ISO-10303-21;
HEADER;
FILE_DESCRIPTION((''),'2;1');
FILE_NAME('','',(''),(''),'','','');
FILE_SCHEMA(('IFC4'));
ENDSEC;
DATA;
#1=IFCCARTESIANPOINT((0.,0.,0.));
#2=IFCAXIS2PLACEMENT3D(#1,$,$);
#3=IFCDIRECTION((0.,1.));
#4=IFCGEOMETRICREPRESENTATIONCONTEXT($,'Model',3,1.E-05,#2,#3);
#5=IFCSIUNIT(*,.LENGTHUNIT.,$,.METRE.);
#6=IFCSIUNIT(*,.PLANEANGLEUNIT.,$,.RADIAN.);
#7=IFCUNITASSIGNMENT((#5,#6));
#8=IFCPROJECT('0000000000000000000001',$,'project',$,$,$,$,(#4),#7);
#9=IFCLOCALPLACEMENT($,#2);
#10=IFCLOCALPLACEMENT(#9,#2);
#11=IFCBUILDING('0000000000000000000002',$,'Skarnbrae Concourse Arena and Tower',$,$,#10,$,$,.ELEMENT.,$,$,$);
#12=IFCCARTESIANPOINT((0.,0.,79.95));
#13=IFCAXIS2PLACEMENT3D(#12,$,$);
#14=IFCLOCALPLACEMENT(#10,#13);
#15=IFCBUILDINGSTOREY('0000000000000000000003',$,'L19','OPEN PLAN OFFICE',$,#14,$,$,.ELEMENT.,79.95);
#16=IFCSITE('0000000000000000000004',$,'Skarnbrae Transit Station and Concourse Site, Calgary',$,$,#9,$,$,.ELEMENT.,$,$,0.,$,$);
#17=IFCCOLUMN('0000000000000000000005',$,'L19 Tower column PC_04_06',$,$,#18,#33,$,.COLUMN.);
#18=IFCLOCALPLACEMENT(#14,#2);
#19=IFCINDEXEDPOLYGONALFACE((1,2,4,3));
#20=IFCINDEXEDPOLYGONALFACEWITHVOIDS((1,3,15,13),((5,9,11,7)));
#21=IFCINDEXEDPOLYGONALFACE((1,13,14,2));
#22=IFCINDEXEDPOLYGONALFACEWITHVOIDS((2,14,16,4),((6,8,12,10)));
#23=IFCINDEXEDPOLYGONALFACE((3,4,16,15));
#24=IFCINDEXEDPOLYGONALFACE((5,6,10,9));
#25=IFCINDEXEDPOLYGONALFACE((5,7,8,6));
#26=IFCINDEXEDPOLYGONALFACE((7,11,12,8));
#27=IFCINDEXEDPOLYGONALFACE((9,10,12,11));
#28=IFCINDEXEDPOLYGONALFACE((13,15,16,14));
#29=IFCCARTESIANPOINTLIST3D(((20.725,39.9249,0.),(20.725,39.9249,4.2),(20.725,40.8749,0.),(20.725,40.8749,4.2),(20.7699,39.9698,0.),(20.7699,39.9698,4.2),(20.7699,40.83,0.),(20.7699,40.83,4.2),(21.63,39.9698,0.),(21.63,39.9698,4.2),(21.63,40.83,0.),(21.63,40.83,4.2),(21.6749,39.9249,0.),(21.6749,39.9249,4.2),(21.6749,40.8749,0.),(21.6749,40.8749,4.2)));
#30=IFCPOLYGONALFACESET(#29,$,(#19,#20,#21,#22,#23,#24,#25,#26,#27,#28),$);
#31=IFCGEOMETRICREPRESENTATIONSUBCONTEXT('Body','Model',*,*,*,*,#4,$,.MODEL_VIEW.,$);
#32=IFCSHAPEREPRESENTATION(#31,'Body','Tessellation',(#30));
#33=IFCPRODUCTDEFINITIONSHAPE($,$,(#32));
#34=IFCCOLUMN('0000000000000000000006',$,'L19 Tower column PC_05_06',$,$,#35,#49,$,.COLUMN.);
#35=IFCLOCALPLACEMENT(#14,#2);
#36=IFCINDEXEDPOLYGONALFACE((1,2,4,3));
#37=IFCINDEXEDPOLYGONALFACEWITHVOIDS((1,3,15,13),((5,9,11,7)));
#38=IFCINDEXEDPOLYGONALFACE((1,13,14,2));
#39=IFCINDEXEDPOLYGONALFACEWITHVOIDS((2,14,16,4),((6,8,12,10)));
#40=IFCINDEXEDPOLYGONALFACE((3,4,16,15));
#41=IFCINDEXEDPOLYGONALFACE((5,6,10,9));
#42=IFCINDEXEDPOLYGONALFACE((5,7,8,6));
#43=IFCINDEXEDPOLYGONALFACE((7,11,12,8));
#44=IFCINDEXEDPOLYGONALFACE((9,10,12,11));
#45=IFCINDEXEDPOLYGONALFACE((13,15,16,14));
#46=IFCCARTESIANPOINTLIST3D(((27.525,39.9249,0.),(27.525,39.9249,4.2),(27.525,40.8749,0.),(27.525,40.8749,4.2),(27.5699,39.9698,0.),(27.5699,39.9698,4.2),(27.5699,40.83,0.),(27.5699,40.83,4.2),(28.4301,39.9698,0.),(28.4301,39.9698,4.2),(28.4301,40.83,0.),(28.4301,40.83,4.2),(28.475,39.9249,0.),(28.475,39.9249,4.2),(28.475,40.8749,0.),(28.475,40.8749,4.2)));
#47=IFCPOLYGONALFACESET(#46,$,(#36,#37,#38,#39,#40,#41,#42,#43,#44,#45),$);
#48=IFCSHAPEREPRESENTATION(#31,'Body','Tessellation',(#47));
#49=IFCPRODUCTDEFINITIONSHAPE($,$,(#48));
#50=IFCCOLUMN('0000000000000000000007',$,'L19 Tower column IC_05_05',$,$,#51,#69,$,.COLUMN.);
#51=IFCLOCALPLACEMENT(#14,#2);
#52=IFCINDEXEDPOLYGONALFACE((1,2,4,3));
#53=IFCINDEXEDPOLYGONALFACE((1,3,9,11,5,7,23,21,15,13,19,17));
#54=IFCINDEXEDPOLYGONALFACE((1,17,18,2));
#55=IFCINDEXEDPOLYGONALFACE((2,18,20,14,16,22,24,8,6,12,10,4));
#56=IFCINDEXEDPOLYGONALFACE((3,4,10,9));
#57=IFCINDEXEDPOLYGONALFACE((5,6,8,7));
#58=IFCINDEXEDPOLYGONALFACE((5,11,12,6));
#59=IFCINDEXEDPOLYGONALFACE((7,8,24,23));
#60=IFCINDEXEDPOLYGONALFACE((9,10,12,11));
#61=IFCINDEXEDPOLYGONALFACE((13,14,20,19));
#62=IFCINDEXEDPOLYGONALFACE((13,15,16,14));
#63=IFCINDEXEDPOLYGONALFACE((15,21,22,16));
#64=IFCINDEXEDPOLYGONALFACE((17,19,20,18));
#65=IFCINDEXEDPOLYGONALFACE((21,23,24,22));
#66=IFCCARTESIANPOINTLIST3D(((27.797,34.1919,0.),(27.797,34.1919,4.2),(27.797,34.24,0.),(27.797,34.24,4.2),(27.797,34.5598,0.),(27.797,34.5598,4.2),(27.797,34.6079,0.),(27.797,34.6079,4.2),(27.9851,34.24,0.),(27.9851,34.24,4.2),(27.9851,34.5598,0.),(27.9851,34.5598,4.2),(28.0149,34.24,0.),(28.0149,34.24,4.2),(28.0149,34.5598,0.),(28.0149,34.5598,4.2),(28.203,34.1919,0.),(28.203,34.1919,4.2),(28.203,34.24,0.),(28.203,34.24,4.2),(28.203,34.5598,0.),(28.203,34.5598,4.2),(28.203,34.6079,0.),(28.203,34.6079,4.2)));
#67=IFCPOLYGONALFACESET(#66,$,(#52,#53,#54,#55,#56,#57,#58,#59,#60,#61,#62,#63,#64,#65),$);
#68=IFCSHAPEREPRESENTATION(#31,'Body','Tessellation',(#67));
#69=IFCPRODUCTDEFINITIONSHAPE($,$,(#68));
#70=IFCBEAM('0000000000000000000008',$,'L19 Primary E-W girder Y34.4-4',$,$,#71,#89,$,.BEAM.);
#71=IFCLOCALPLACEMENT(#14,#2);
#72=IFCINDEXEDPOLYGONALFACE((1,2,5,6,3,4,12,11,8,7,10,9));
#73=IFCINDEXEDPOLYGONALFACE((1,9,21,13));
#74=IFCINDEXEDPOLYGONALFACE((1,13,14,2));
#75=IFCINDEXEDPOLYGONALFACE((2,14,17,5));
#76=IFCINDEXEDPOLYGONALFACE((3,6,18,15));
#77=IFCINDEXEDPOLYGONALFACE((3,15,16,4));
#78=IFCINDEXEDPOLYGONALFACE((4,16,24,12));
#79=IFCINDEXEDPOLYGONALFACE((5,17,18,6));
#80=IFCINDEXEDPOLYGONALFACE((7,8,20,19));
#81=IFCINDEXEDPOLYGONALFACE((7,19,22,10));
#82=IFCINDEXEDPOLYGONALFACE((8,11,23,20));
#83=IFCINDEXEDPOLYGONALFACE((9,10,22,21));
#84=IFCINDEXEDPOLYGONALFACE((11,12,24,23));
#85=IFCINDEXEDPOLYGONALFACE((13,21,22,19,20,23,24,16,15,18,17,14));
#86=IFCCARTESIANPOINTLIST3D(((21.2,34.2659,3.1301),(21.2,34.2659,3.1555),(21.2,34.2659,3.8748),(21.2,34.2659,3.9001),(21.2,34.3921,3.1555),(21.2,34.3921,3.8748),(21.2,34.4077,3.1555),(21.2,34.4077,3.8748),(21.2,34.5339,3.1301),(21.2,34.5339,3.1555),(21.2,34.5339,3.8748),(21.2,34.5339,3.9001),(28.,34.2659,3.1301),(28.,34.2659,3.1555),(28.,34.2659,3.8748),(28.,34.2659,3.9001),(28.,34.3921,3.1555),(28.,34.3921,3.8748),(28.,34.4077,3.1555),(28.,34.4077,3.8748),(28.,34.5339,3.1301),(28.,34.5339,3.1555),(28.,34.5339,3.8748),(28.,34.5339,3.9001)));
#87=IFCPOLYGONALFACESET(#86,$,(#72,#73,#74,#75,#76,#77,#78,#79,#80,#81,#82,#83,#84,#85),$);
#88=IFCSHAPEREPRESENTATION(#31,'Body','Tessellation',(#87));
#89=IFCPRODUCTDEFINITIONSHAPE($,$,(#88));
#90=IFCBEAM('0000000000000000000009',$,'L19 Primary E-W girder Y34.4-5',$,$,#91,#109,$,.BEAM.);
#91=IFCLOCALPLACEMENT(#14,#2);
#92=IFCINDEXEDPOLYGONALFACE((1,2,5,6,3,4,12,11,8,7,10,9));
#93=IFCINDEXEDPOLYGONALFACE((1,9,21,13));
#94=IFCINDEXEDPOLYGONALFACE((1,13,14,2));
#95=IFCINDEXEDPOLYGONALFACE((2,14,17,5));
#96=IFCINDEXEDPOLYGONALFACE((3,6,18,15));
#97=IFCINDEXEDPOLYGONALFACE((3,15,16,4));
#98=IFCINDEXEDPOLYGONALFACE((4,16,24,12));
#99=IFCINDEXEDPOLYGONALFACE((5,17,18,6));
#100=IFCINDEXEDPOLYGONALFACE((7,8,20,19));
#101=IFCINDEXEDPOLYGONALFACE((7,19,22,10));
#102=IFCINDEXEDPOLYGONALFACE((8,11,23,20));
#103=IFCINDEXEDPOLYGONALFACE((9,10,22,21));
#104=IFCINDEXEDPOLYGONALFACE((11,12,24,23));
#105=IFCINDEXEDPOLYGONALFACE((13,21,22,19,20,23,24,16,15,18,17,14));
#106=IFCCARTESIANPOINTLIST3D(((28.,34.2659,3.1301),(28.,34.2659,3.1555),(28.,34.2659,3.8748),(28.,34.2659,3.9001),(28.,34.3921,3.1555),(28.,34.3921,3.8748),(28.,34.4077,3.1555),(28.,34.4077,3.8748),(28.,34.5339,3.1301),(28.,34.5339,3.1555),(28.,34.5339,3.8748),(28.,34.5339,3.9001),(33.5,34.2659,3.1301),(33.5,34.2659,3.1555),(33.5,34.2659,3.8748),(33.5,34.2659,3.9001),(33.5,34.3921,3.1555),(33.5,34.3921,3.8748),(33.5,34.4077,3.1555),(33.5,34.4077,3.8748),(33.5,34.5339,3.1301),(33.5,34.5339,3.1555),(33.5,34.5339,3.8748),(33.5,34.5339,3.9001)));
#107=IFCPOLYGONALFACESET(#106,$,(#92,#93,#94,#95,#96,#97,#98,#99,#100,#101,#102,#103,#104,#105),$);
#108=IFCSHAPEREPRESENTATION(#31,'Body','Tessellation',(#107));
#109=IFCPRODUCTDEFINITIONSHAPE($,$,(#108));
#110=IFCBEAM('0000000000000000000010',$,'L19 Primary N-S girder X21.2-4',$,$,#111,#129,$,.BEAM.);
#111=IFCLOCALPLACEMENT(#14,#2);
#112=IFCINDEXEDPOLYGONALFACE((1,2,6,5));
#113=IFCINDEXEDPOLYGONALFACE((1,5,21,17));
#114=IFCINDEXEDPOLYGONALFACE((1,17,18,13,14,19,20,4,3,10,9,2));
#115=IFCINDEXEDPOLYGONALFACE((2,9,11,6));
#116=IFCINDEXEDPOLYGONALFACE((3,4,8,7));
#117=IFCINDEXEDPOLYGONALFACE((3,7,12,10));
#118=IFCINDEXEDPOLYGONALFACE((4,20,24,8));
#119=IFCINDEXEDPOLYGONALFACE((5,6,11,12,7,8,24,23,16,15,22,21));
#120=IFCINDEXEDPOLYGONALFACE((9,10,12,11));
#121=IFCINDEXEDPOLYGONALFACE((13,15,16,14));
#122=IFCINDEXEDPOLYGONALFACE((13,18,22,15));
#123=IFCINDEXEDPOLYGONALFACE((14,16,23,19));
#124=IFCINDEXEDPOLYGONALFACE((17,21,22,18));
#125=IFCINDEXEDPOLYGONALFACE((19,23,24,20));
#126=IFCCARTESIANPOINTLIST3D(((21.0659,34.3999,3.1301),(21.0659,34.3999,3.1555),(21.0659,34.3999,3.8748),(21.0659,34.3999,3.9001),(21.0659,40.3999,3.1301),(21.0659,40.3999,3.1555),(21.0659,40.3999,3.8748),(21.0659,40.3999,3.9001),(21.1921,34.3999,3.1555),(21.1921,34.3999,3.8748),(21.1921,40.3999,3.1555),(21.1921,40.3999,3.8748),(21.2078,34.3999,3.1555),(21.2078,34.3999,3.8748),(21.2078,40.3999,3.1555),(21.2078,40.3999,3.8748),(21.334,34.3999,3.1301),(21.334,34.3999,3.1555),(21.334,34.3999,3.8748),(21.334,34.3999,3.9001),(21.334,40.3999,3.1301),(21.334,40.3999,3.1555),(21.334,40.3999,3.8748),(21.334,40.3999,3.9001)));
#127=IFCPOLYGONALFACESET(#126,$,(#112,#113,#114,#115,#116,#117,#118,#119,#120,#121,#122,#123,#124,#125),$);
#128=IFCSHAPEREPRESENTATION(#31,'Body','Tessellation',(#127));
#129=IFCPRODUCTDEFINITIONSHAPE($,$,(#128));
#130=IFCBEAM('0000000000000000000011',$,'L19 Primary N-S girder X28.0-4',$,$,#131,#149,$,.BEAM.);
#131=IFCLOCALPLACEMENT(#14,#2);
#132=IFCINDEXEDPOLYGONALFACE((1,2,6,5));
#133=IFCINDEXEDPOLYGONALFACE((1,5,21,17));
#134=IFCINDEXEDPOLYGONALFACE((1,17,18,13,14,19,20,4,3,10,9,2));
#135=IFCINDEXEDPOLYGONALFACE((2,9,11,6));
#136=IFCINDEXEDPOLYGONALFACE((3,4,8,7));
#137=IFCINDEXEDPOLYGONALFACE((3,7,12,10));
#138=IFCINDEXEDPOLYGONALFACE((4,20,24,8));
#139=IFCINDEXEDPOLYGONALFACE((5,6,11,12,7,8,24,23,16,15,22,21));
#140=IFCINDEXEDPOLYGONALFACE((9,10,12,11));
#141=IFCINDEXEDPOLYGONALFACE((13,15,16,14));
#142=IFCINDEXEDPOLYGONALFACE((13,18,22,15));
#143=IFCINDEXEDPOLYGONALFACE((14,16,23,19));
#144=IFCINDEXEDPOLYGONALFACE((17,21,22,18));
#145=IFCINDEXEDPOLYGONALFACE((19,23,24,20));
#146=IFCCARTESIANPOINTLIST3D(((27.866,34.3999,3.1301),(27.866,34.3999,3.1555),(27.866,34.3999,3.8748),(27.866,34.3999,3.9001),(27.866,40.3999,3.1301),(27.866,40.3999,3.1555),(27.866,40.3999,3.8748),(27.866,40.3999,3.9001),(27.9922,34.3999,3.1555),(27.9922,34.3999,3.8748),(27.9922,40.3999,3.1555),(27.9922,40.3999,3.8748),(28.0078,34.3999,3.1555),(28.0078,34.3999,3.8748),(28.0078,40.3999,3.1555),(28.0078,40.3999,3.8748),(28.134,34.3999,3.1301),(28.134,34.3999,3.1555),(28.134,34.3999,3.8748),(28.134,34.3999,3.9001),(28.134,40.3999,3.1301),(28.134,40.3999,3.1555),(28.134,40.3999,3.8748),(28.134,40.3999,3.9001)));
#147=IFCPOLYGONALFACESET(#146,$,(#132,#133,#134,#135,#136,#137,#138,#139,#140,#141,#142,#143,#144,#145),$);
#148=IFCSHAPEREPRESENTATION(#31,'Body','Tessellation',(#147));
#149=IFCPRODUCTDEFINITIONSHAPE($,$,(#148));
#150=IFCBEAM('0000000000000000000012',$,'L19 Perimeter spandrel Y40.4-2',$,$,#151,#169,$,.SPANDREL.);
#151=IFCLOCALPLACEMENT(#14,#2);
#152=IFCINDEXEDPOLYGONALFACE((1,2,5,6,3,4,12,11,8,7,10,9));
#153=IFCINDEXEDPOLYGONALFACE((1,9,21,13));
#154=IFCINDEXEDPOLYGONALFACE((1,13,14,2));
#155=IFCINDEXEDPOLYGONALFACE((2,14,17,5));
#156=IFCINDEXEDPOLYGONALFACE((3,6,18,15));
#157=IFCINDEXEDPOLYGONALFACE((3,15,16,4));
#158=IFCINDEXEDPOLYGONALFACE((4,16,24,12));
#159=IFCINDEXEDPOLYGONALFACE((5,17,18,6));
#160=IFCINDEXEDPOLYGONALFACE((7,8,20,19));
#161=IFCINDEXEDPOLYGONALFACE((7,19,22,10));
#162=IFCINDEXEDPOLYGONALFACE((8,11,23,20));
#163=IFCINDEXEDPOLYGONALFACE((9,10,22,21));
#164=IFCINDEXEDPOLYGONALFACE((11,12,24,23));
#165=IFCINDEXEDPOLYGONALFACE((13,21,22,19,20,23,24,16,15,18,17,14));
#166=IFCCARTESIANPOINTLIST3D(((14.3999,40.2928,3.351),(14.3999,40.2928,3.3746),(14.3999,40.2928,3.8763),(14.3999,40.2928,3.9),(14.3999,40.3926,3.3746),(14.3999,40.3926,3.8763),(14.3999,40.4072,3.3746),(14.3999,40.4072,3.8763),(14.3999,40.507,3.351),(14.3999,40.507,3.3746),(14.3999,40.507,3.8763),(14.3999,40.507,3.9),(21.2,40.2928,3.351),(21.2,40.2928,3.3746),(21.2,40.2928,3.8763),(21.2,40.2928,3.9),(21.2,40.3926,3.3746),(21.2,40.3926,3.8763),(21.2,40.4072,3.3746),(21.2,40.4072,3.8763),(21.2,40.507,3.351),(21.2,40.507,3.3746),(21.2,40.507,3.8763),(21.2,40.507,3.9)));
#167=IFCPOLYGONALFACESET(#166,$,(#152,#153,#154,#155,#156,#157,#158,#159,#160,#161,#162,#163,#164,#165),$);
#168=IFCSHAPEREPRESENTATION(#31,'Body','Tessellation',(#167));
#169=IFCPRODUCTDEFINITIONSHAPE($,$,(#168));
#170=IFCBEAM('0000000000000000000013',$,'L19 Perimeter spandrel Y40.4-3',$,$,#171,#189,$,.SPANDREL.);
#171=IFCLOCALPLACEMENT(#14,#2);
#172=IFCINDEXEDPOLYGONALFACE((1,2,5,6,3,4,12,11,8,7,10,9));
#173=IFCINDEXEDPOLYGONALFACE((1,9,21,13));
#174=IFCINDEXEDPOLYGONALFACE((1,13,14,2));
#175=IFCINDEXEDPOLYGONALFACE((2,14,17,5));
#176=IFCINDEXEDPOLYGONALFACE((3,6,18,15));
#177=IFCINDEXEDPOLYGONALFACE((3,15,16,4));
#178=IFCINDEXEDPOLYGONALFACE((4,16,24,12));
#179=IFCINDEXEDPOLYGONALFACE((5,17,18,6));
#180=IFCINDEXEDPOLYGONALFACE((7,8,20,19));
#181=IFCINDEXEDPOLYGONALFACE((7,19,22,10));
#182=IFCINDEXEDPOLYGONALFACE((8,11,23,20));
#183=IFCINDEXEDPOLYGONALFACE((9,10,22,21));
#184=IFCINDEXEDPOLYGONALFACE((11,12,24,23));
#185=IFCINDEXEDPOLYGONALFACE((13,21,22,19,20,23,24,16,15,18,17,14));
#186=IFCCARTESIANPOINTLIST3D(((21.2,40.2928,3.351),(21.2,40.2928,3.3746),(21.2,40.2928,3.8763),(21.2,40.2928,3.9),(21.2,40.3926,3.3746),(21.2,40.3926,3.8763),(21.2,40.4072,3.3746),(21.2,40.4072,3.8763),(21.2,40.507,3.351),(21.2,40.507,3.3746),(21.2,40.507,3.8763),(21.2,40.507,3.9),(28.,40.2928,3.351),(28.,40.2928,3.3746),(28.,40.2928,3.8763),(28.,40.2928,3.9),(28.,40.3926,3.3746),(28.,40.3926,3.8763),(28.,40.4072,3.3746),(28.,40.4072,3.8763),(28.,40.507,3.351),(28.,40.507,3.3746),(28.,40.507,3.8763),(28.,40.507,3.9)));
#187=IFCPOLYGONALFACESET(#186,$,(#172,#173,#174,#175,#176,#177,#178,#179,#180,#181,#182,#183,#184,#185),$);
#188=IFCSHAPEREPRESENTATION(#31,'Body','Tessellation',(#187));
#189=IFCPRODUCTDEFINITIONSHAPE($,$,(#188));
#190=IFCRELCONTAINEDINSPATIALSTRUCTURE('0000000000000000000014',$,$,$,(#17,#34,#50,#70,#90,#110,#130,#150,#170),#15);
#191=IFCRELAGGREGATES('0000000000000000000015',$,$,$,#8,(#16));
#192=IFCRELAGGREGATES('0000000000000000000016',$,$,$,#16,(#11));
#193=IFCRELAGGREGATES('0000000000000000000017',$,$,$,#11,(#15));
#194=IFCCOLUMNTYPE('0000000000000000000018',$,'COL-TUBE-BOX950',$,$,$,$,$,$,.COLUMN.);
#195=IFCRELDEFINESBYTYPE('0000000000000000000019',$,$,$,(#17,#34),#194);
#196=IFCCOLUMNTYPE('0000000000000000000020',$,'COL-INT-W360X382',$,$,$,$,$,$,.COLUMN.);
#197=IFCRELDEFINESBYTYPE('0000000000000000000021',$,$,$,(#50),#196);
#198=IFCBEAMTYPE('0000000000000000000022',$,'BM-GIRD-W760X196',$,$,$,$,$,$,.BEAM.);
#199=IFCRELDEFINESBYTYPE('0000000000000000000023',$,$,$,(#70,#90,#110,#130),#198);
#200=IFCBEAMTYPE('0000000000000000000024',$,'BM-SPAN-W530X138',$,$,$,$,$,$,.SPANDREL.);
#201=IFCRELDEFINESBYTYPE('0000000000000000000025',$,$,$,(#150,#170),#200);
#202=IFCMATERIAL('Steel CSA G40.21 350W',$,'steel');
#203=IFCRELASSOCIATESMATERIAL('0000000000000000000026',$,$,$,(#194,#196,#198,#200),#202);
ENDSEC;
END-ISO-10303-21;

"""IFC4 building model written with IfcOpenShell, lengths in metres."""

from ifc_helpers import new_model, si_unit, direction, frame, origin, origin_2d, place, context, subcontext, project, spatial, hollow_rectangle, i_section, extrude, source, transform, mapped, material, material_profile, profile_set, type_object, element, save


model = new_model("IFC4")

# Units and contexts
model_context = context("Model", 3, precision=1e-05, world=origin(), true_north=direction((0.0, 1.0)))
body_context = subcontext(model_context, "Body", "Model", "MODEL_VIEW")
ifc_project = project(units=[si_unit("LENGTHUNIT", "METRE"), si_unit("PLANEANGLEUNIT", "RADIAN")], contexts=[model_context])

# Site, building, storey
site_placement = place(None, origin())
site = spatial("IfcSite", under=ifc_project, at=site_placement, Name="Skarnbrae Transit Station and Concourse Site, Calgary", CompositionType="ELEMENT", RefElevation=0.0)
building_placement = place(site_placement, origin())
building = spatial("IfcBuilding", under=site, at=building_placement, Name="Skarnbrae Concourse Arena and Tower", CompositionType="ELEMENT")
storey_placement = place(building_placement, frame((0.0, 0.0, 79.95)))
storey = spatial("IfcBuildingStorey", under=building, at=storey_placement, Name="L19", Description="OPEN PLAN OFFICE", CompositionType="ELEMENT", Elevation=79.95)

# Columns
ifc_material_1 = material(Name="Steel CSA G40.21 350W", Category="steel")
ifc_material_profile_1 = material_profile(ifc_material_1, hollow_rectangle(XDim=0.95, YDim=0.95, WallThickness=0.0449, at=origin_2d()), Name="BOX950X950X45")
ifc_profile_set_1 = profile_set([ifc_material_profile_1], Name="Steel CSA G40.21 350W")
column_type_1 = type_object("IfcColumnType", Name="COL-TUBE-BOX950", PredefinedType="COLUMN", material=ifc_profile_set_1)
shared_shape_1 = source(origin(), body_context, "Body", "SweptSolid", [
    extrude(hollow_rectangle(XDim=0.95, YDim=0.95, WallThickness=0.0449, at=origin_2d()), origin(), (0.0, 0.0, 1.0), 4.2),
])
for number, where, z_axis, x_axis, name in (
    (1, (21.2, 40.3999, 0.0), (0.0, 0.0, 1.0), (1.0, 0.0, 0.0), "L19 Tower column PC_04_06"),
    (2, (28.0, 40.3999, 0.0), (0.0, 0.0, 1.0), (1.0, 0.0, 0.0), "L19 Tower column PC_05_06"),
):
    element("IfcColumn", number, at=place(storey_placement, frame(where, z_axis=z_axis, x_axis=x_axis)), inside=storey, type_object=column_type_1, Name=name, PredefinedType="COLUMN", context=body_context, shape_type="MappedRepresentation", body=[
        mapped(shared_shape_1, transform((0.0, 0.0, 0.0))),
    ])
ifc_material_profile_2 = material_profile(ifc_material_1, i_section(OverallWidth=0.406, OverallDepth=0.416, WebThickness=0.0298, FlangeThickness=0.0481, at=origin_2d()), Name="W360X382")
ifc_profile_set_2 = profile_set([ifc_material_profile_2], Name="Steel CSA G40.21 350W")
column_type_2 = type_object("IfcColumnType", Name="COL-INT-W360X382", PredefinedType="COLUMN", material=ifc_profile_set_2)
shared_shape_2 = source(origin(), body_context, "Body", "SweptSolid", [
    extrude(i_section(OverallWidth=0.406, OverallDepth=0.416, WebThickness=0.0298, FlangeThickness=0.0481, at=origin_2d()), origin(), (0.0, 0.0, 1.0), 4.2),
])
column_placement = place(storey_placement, frame((28.0, 34.3999, 0.0), z_axis=(0.0, 0.0, 1.0), x_axis=(1.0, 0.0, 0.0)))
element("IfcColumn", 3, at=column_placement, inside=storey, type_object=column_type_2, Name="L19 Tower column IC_05_05", PredefinedType="COLUMN", context=body_context, shape_type="MappedRepresentation", body=[
    mapped(shared_shape_2, transform((0.0, 0.0, 0.0))),
])

# Beams
ifc_material_profile_3 = material_profile(ifc_material_1, i_section(OverallWidth=0.2681, OverallDepth=0.77, WebThickness=0.0156, FlangeThickness=0.0254, at=origin_2d()), Name="W760X196")
ifc_profile_set_3 = profile_set([ifc_material_profile_3], Name="Steel CSA G40.21 350W")
beam_type_1 = type_object("IfcBeamType", Name="BM-GIRD-W760X196", PredefinedType="BEAM", material=ifc_profile_set_3)
shared_shape_3 = source(origin(), body_context, "Body", "SweptSolid", [
    extrude(i_section(OverallWidth=0.2681, OverallDepth=0.77, WebThickness=0.0156, FlangeThickness=0.0254, at=origin_2d()), origin(), (0.0, 0.0, 1.0), 6.8),
])
beam_1_placement = place(storey_placement, frame((21.2, 34.3999, 3.5151), z_axis=(1.0, 0.0, 0.0), x_axis=(0.0, 1.0, 0.0)))
element("IfcBeam", 4, at=beam_1_placement, inside=storey, type_object=beam_type_1, Name="L19 Primary E-W girder Y34.4-4", PredefinedType="BEAM", context=body_context, shape_type="MappedRepresentation", body=[
    mapped(shared_shape_3, transform((0.0, 0.0, 0.0))),
])
shared_shape_4 = source(origin(), body_context, "Body", "SweptSolid", [
    extrude(i_section(OverallWidth=0.2681, OverallDepth=0.77, WebThickness=0.0156, FlangeThickness=0.0254, at=origin_2d()), origin(), (0.0, 0.0, 1.0), 5.5),
])
beam_2_placement = place(storey_placement, frame((28.0, 34.3999, 3.5151), z_axis=(1.0, 0.0, 0.0), x_axis=(0.0, 1.0, 0.0)))
element("IfcBeam", 5, at=beam_2_placement, inside=storey, type_object=beam_type_1, Name="L19 Primary E-W girder Y34.4-5", PredefinedType="BEAM", context=body_context, shape_type="MappedRepresentation", body=[
    mapped(shared_shape_4, transform((0.0, 0.0, 0.0))),
])
shared_shape_5 = source(origin(), body_context, "Body", "SweptSolid", [
    extrude(i_section(OverallWidth=0.2681, OverallDepth=0.77, WebThickness=0.0156, FlangeThickness=0.0254, at=origin_2d()), origin(), (0.0, 0.0, 1.0), 6.0),
])
for number, where, z_axis, x_axis, name in (
    (6, (21.2, 34.3999, 3.5151), (0.0, 1.0, 0.0), (-1.0, 0.0, 0.0), "L19 Primary N-S girder X21.2-4"),
    (7, (28.0, 34.3999, 3.5151), (0.0, 1.0, 0.0), (-1.0, 0.0, 0.0), "L19 Primary N-S girder X28.0-4"),
):
    element("IfcBeam", number, at=place(storey_placement, frame(where, z_axis=z_axis, x_axis=x_axis)), inside=storey, type_object=beam_type_1, Name=name, PredefinedType="BEAM", context=body_context, shape_type="MappedRepresentation", body=[
        mapped(shared_shape_5, transform((0.0, 0.0, 0.0))),
    ])
ifc_material_profile_4 = material_profile(ifc_material_1, i_section(OverallWidth=0.2141, OverallDepth=0.5491, WebThickness=0.0146, FlangeThickness=0.0237, at=origin_2d()), Name="W530X138")
ifc_profile_set_4 = profile_set([ifc_material_profile_4], Name="Steel CSA G40.21 350W")
beam_type_2 = type_object("IfcBeamType", Name="BM-SPAN-W530X138", PredefinedType="SPANDREL", material=ifc_profile_set_4)
shared_shape_6 = source(origin(), body_context, "Body", "SweptSolid", [
    extrude(i_section(OverallWidth=0.2141, OverallDepth=0.5491, WebThickness=0.0146, FlangeThickness=0.0237, at=origin_2d()), origin(), (0.0, 0.0, 1.0), 6.8),
])
for number, where, z_axis, x_axis, name in (
    (8, (14.3999, 40.3999, 3.6255), (1.0, 0.0, 0.0), (0.0, 1.0, 0.0), "L19 Perimeter spandrel Y40.4-2"),
    (9, (21.2, 40.3999, 3.6255), (1.0, 0.0, 0.0), (0.0, 1.0, 0.0), "L19 Perimeter spandrel Y40.4-3"),
):
    element("IfcBeam", number, at=place(storey_placement, frame(where, z_axis=z_axis, x_axis=x_axis)), inside=storey, type_object=beam_type_2, Name=name, PredefinedType="SPANDREL", context=body_context, shape_type="MappedRepresentation", body=[
        mapped(shared_shape_6, transform((0.0, 0.0, 0.0))),
    ])

save(model, "model.ifc")
